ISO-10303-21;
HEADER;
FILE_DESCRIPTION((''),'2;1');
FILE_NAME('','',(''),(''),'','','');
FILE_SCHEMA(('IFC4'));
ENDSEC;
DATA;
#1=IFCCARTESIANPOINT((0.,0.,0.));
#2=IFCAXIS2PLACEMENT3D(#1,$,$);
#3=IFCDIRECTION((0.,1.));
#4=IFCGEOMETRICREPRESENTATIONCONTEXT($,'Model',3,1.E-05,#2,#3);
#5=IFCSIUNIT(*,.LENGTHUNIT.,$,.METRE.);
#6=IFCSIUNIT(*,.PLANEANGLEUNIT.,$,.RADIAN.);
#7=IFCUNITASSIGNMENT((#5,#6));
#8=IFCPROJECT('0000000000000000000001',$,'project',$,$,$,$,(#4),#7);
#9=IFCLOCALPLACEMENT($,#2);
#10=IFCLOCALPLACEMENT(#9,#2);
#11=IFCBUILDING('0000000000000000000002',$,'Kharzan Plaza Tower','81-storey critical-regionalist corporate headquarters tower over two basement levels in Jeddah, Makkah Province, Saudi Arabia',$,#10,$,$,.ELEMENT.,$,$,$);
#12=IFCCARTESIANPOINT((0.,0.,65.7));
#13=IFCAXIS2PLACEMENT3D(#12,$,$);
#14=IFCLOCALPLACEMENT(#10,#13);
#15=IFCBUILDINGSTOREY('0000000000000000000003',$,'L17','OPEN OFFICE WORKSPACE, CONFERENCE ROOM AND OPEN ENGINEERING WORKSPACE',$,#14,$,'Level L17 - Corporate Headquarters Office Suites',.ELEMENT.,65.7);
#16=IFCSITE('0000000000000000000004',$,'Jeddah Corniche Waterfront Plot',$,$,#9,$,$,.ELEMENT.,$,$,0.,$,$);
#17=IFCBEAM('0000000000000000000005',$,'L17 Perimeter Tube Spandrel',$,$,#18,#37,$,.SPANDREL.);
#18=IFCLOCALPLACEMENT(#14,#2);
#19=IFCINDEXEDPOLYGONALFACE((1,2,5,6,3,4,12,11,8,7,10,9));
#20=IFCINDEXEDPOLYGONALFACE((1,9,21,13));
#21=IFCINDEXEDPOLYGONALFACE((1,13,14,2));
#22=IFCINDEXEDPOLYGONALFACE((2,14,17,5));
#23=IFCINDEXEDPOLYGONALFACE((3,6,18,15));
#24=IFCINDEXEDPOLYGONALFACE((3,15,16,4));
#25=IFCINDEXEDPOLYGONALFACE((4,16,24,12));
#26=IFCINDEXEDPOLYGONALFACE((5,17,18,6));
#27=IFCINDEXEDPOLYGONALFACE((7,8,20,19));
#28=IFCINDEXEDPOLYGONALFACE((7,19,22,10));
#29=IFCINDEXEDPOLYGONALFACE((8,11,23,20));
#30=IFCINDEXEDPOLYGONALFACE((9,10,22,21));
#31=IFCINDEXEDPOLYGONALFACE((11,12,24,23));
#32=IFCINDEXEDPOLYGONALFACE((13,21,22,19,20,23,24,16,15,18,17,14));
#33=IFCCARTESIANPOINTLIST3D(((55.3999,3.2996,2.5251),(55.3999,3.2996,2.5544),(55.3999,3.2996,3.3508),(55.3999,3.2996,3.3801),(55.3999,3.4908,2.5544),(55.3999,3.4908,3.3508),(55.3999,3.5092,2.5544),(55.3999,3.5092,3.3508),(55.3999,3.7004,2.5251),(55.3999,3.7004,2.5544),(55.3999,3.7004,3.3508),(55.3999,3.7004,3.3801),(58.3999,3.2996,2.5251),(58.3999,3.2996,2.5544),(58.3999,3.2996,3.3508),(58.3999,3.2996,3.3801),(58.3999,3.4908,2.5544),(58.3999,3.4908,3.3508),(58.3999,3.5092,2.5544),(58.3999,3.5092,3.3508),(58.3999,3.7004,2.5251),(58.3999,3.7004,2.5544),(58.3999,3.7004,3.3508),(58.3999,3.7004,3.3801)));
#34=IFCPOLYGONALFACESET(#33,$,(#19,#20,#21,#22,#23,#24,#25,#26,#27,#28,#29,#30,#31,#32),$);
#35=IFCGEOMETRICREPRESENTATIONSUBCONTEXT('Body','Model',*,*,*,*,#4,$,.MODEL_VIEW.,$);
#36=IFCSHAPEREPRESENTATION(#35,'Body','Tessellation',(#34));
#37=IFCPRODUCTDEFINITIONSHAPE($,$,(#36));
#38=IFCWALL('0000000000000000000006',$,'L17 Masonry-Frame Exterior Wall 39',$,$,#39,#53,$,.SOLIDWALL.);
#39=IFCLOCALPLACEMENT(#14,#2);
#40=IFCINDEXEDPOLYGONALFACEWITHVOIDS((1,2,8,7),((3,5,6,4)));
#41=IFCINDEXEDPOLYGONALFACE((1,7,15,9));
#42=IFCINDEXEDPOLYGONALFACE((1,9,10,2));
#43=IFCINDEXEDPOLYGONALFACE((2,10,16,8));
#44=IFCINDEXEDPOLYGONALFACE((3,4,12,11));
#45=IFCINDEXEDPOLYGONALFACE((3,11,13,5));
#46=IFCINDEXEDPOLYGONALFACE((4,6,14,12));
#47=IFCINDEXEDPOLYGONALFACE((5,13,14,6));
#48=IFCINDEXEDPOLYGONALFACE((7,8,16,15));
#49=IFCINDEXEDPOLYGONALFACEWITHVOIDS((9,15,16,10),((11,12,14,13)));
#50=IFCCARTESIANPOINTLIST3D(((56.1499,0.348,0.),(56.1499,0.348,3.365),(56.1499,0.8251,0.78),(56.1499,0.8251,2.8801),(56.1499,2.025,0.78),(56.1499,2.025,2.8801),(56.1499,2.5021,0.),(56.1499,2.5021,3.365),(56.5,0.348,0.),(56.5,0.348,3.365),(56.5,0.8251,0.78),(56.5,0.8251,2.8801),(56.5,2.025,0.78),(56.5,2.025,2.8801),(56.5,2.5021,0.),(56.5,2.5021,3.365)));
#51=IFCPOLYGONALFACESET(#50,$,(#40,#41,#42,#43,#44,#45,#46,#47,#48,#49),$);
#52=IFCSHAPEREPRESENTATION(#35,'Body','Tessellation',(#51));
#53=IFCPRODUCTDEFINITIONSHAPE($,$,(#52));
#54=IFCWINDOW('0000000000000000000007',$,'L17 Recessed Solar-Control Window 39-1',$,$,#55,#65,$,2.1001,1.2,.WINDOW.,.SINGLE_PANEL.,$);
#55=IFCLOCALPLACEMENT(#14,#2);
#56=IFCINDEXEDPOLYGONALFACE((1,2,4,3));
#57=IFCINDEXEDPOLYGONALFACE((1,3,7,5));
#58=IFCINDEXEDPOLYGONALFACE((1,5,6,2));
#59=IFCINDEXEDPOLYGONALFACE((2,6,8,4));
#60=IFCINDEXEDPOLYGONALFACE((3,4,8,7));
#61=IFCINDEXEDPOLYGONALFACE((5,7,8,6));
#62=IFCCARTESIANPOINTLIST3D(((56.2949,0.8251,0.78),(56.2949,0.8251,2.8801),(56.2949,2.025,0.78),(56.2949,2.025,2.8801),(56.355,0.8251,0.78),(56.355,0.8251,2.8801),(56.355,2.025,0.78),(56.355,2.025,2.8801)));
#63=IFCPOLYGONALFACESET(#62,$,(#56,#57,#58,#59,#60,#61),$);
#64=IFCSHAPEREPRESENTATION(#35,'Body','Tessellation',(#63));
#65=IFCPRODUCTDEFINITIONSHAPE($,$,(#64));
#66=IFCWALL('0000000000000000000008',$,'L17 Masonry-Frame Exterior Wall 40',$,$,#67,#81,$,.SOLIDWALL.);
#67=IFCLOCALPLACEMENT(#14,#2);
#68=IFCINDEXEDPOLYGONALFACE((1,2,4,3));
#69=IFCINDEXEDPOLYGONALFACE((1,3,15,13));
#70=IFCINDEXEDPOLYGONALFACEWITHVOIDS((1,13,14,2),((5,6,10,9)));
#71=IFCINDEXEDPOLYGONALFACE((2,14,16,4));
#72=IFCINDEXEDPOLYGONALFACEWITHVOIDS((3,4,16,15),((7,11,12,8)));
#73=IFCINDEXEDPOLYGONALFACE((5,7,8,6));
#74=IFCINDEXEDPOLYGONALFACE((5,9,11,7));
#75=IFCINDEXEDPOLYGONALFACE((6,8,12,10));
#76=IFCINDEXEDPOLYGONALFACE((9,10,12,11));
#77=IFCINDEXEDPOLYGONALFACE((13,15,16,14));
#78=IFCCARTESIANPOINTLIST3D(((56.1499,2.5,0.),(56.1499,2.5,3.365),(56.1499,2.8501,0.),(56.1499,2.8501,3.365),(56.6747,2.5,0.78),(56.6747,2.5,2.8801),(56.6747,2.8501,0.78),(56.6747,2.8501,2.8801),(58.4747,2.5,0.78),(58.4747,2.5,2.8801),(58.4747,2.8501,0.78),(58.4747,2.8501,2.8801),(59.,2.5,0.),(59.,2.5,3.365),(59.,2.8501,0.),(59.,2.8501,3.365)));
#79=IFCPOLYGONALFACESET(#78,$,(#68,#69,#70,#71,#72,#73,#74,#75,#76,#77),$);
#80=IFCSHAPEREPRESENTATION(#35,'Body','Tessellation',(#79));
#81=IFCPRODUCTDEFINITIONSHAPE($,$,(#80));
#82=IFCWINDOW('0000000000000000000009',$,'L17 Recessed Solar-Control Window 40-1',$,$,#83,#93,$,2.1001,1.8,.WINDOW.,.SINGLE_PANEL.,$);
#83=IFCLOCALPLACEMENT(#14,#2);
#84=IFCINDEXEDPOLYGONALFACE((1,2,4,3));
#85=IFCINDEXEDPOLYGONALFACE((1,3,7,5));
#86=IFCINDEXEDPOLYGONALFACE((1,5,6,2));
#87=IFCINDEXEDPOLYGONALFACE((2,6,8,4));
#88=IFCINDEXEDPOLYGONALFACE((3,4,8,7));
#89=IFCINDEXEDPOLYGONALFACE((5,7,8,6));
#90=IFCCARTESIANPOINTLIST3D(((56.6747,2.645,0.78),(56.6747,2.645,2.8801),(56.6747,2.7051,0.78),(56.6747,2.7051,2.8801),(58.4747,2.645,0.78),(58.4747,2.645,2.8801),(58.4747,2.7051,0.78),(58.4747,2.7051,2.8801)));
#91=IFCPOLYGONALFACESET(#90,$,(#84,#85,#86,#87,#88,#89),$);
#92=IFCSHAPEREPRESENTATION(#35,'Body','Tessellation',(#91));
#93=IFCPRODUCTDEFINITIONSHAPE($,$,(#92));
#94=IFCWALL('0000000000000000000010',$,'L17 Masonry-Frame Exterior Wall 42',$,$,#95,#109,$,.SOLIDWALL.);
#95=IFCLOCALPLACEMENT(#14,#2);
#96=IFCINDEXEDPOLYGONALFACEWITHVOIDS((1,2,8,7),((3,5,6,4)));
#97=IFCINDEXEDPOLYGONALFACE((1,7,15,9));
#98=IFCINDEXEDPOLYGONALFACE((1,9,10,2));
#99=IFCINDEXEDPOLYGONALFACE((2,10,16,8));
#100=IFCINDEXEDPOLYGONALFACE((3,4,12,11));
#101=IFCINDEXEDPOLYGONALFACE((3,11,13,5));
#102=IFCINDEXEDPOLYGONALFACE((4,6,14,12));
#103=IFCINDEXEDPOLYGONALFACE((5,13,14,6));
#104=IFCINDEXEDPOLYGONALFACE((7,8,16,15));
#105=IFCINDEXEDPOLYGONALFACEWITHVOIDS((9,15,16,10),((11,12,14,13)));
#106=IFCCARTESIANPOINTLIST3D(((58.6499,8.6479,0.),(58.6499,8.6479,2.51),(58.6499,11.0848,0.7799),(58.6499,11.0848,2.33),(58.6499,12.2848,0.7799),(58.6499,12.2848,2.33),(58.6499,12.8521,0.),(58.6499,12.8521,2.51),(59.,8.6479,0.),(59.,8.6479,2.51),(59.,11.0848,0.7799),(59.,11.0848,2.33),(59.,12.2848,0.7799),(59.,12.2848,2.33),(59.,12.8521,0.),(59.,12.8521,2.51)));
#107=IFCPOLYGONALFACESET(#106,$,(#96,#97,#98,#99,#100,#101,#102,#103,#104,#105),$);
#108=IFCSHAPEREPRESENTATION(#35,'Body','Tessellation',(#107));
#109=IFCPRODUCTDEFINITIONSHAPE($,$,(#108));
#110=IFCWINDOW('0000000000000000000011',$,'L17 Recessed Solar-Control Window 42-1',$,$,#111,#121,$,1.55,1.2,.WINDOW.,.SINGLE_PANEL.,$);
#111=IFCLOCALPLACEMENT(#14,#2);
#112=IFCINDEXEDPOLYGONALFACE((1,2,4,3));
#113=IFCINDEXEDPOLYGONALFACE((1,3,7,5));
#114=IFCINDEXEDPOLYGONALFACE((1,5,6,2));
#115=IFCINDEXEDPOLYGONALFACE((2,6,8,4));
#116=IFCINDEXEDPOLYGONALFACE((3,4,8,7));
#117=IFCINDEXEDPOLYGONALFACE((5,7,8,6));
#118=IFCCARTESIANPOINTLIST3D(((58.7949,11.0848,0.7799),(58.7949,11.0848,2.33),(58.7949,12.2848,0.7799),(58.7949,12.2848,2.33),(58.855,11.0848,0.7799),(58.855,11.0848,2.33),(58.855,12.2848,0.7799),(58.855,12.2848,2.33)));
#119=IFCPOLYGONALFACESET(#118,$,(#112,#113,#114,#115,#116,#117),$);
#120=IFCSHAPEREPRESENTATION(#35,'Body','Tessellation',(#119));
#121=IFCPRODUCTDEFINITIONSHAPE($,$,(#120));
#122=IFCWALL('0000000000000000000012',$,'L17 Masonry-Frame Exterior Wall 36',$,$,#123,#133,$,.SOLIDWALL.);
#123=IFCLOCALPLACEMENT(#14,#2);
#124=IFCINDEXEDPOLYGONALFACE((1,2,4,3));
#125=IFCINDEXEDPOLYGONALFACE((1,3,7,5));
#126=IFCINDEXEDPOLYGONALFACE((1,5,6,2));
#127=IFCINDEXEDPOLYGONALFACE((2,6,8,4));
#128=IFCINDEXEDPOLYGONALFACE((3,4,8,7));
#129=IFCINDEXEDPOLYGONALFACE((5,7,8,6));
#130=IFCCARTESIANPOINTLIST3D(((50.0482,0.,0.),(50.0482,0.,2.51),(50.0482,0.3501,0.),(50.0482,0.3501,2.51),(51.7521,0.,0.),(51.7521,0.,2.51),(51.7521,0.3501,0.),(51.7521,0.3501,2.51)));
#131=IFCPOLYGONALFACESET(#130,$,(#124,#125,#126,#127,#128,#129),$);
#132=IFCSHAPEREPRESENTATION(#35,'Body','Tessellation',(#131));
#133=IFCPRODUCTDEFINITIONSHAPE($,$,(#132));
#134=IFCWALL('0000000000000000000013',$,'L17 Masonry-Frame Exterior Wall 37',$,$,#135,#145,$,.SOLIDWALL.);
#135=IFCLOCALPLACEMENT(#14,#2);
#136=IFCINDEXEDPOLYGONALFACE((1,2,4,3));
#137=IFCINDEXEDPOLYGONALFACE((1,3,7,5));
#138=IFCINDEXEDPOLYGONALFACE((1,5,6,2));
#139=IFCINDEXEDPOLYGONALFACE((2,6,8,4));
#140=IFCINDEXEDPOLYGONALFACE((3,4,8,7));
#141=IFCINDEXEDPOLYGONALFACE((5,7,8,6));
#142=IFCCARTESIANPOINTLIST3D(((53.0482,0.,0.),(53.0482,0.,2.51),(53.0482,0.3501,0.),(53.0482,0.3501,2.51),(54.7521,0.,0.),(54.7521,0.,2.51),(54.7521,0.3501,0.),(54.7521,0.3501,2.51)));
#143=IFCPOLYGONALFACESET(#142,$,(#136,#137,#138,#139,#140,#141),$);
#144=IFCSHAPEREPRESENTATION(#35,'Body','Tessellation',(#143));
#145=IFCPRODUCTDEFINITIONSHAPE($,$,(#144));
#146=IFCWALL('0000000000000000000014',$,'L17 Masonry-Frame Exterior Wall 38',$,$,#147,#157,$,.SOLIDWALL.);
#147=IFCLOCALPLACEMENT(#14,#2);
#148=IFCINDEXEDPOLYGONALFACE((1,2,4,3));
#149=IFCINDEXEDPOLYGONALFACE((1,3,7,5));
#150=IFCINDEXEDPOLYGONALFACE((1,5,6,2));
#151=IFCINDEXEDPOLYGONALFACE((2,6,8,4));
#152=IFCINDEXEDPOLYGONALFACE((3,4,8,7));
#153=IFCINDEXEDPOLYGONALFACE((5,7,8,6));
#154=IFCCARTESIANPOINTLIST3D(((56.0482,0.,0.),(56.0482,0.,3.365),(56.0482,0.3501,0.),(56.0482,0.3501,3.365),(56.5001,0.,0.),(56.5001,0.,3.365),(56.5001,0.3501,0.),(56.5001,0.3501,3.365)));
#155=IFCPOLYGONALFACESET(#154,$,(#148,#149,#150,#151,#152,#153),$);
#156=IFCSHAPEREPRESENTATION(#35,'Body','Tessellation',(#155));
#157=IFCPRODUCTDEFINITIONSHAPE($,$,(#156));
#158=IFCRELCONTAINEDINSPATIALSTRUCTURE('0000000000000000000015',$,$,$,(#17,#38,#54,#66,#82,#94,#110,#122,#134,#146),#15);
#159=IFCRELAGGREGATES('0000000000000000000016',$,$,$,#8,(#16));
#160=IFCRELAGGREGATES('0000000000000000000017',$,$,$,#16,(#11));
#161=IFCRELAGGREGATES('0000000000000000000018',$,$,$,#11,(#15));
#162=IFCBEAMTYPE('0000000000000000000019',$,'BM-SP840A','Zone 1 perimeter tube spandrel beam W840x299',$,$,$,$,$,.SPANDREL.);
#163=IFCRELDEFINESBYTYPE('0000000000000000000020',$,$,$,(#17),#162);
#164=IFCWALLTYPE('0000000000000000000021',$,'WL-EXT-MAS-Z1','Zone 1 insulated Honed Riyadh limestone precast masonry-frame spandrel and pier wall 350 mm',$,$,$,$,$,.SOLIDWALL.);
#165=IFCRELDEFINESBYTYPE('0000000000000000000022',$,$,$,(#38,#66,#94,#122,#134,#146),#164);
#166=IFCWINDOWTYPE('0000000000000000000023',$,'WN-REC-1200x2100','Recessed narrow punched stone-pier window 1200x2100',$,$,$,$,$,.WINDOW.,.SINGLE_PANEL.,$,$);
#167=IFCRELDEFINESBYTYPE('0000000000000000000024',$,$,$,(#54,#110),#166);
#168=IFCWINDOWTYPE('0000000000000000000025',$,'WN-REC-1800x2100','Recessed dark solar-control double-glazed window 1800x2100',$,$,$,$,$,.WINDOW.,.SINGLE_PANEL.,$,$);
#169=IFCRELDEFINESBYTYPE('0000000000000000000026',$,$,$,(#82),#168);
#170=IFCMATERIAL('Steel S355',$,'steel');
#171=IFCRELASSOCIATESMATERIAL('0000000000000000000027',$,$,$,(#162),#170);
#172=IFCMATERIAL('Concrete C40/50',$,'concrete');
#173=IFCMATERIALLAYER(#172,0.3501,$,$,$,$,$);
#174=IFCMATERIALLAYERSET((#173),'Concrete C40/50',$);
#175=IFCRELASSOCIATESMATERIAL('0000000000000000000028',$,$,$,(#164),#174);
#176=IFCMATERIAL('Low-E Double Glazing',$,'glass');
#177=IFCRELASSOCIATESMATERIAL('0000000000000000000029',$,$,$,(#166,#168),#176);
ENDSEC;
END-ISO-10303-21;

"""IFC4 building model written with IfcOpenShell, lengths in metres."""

from ifc_helpers import new_model, si_unit, direction, frame, frame_2d, origin, origin_2d, place, context, subcontext, project, spatial, rectangle, i_section, extrude, source, transform, mapped, material, layer, layer_set, material_profile, profile_set, type_object, element, fill, save


model = new_model("IFC4")

# Units and contexts
model_context = context("Model", 3, precision=1e-05, world=origin(), true_north=direction((0.0, 1.0)))
body_context = subcontext(model_context, "Body", "Model", "MODEL_VIEW")
ifc_project = project(units=[si_unit("LENGTHUNIT", "METRE"), si_unit("PLANEANGLEUNIT", "RADIAN")], contexts=[model_context])

# Site, building, storey
site_placement = place(None, origin())
site = spatial("IfcSite", under=ifc_project, at=site_placement, Name="Jeddah Corniche Waterfront Plot", CompositionType="ELEMENT", RefElevation=0.0)
building_placement = place(site_placement, origin())
building = spatial("IfcBuilding", under=site, at=building_placement, Name="Kharzan Plaza Tower", Description="81-storey critical-regionalist corporate headquarters tower over two basement levels in Jeddah, Makkah Province, Saudi Arabia", CompositionType="ELEMENT")
storey_placement = place(building_placement, frame((0.0, 0.0, 65.7)))
storey = spatial("IfcBuildingStorey", under=building, at=storey_placement, Name="L17", Description="OPEN OFFICE WORKSPACE, CONFERENCE ROOM AND OPEN ENGINEERING WORKSPACE", LongName="Level L17 - Corporate Headquarters Office Suites", CompositionType="ELEMENT", Elevation=65.7)

# Beam
ifc_material_1 = material(Name="Steel S355", Category="steel")
ifc_material_profile_1 = material_profile(ifc_material_1, i_section(OverallWidth=0.4009, OverallDepth=0.855, WebThickness=0.0183, FlangeThickness=0.0293, at=origin_2d()), Name="W840x299")
ifc_profile_set_1 = profile_set([ifc_material_profile_1], Name="Steel S355")
beam_type_1 = type_object("IfcBeamType", Name="BM-SP840A", Description="Zone 1 perimeter tube spandrel beam W840x299", PredefinedType="SPANDREL", material=ifc_profile_set_1)
shared_shape_1 = source(origin(), body_context, "Body", "SweptSolid", [
    extrude(i_section(OverallWidth=0.4009, OverallDepth=0.855, WebThickness=0.0183, FlangeThickness=0.0293, at=origin_2d()), origin(), (0.0, 0.0, 1.0), 3.0),
])
for number, where, z_axis, x_axis, name in (
    (1, (55.3999, 3.5, 2.9526), (1.0, 0.0, 0.0), (0.0, 1.0, 0.0), "L17 Perimeter Tube Spandrel"),
):
    element("IfcBeam", number, at=place(storey_placement, frame(where, z_axis=z_axis, x_axis=x_axis)), inside=storey, type_object=beam_type_1, Name=name, PredefinedType="SPANDREL", context=body_context, shape_type="MappedRepresentation", body=[
        mapped(shared_shape_1, transform((0.0, 0.0, 0.0), x_axis=(1.0, 0.0, 0.0), y_axis=(0.0, 1.0, 0.0), z_axis=(0.0, 0.0, 1.0))),
    ])

# Walls, openings, windows
ifc_material_2 = material(Name="Concrete C40/50", Category="concrete")
ifc_layer = layer(ifc_material_2, 0.3501)
ifc_layer_set = layer_set([ifc_layer], Name="Concrete C40/50")
wall_type = type_object("IfcWallType", Name="WL-EXT-MAS-Z1", Description="Zone 1 insulated Honed Riyadh limestone precast masonry-frame spandrel and pier wall 350 mm", PredefinedType="SOLIDWALL", material=ifc_layer_set)
wall_1_placement = place(storey_placement, frame((56.325, 0.3479, 0.0), z_axis=(0.0, 0.0, 1.0), x_axis=(0.0, 1.0, 0.0)))
wall_1 = element("IfcWall", 2, at=wall_1_placement, inside=storey, type_object=wall_type, Name="L17 Masonry-Frame Exterior Wall 39", PredefinedType="SOLIDWALL", context=body_context, shape_type="SweptSolid", body=[
    extrude(rectangle(XDim=2.1541, YDim=0.3501, at=frame_2d((1.0771, 0.0))), origin(), (0.0, 0.0, 1.0), 3.365),
])
opening_1_placement = place(wall_1_placement, frame((0.4771, 0.0, 0.78)))
opening_1 = element("IfcOpeningElement", 3, at=opening_1_placement, cuts=wall_1, PredefinedType="OPENING", context=body_context, shape_type="SweptSolid", body=[
    extrude(rectangle(XDim=1.2, YDim=2.1001, at=frame_2d((0.6001, 1.05))), frame((0.0, 0.1851, 0.0), z_axis=(0.0, -1.0, 0.0), x_axis=(1.0, 0.0, 0.0)), (0.0, 0.0, 1.0), 0.3701),
])
ifc_material_3 = material(Name="Low-E Double Glazing", Category="glass")
window_type_1 = type_object("IfcWindowType", Name="WN-REC-1200x2100", Description="Recessed narrow punched stone-pier window 1200x2100", PartitioningType="SINGLE_PANEL", PredefinedType="WINDOW", material=ifc_material_3)
shared_shape_2 = source(origin(), body_context, "Body", "SweptSolid", [
    extrude(rectangle(XDim=1.2, YDim=2.1001, at=frame_2d((0.6001, 1.05))), frame((0.0, 0.03, 0.0), z_axis=(0.0, -1.0, 0.0), x_axis=(1.0, 0.0, 0.0)), (0.0, 0.0, 1.0), 0.0601),
])
window_1_placement = place(opening_1_placement, origin())
window_1 = element("IfcWindow", 4, at=window_1_placement, inside=storey, type_object=window_type_1, Name="L17 Recessed Solar-Control Window 39-1", OverallHeight=2.1001, OverallWidth=1.2, PartitioningType="SINGLE_PANEL", PredefinedType="WINDOW", context=body_context, shape_type="MappedRepresentation", body=[
    mapped(shared_shape_2, transform((0.0, 0.0, 0.0), x_axis=(1.0, 0.0, 0.0), y_axis=(0.0, 1.0, 0.0), z_axis=(0.0, 0.0, 1.0))),
])
fill(opening_1, window_1)
wall_2_placement = place(storey_placement, frame((56.1499, 2.675, 0.0), z_axis=(0.0, 0.0, 1.0), x_axis=(1.0, 0.0, 0.0)))
wall_2 = element("IfcWall", 5, at=wall_2_placement, inside=storey, type_object=wall_type, Name="L17 Masonry-Frame Exterior Wall 40", PredefinedType="SOLIDWALL", context=body_context, shape_type="SweptSolid", body=[
    extrude(rectangle(XDim=2.8501, YDim=0.3501, at=frame_2d((1.425, 0.0))), origin(), (0.0, 0.0, 1.0), 3.365),
])
opening_2_placement = place(wall_2_placement, frame((0.5249, 0.0, 0.78)))
opening_2 = element("IfcOpeningElement", 6, at=opening_2_placement, cuts=wall_2, PredefinedType="OPENING", context=body_context, shape_type="SweptSolid", body=[
    extrude(rectangle(XDim=1.8, YDim=2.1001, at=frame_2d((0.8999, 1.05))), frame((0.0, 0.1851, 0.0), z_axis=(0.0, -1.0, 0.0), x_axis=(1.0, 0.0, 0.0)), (0.0, 0.0, 1.0), 0.3701),
])
window_type_2 = type_object("IfcWindowType", Name="WN-REC-1800x2100", Description="Recessed dark solar-control double-glazed window 1800x2100", PartitioningType="SINGLE_PANEL", PredefinedType="WINDOW", material=ifc_material_3)
shared_shape_3 = source(origin(), body_context, "Body", "SweptSolid", [
    extrude(rectangle(XDim=1.8, YDim=2.1001, at=frame_2d((0.8999, 1.05))), frame((0.0, 0.03, 0.0), z_axis=(0.0, -1.0, 0.0), x_axis=(1.0, 0.0, 0.0)), (0.0, 0.0, 1.0), 0.0601),
])
window_2_placement = place(opening_2_placement, origin())
window_2 = element("IfcWindow", 7, at=window_2_placement, inside=storey, type_object=window_type_2, Name="L17 Recessed Solar-Control Window 40-1", OverallHeight=2.1001, OverallWidth=1.8, PartitioningType="SINGLE_PANEL", PredefinedType="WINDOW", context=body_context, shape_type="MappedRepresentation", body=[
    mapped(shared_shape_3, transform((0.0, 0.0, 0.0), x_axis=(1.0, 0.0, 0.0), y_axis=(0.0, 1.0, 0.0), z_axis=(0.0, 0.0, 1.0))),
])
fill(opening_2, window_2)
wall_3_placement = place(storey_placement, frame((58.825, 8.6479, 0.0), z_axis=(0.0, 0.0, 1.0), x_axis=(0.0, 1.0, 0.0)))
wall_3 = element("IfcWall", 8, at=wall_3_placement, inside=storey, type_object=wall_type, Name="L17 Masonry-Frame Exterior Wall 42", PredefinedType="SOLIDWALL", context=body_context, shape_type="SweptSolid", body=[
    extrude(rectangle(XDim=4.2041, YDim=0.3501, at=frame_2d((2.1021, 0.0))), origin(), (0.0, 0.0, 1.0), 2.51),
])
opening_3_placement = place(wall_3_placement, frame((2.4368, 0.0, 0.78)))
opening_3 = element("IfcOpeningElement", 9, at=opening_3_placement, cuts=wall_3, PredefinedType="OPENING", context=body_context, shape_type="SweptSolid", body=[
    extrude(rectangle(XDim=1.2, YDim=1.55, at=frame_2d((0.6001, 0.7749))), frame((0.0, 0.1851, 0.0), z_axis=(0.0, -1.0, 0.0), x_axis=(1.0, 0.0, 0.0)), (0.0, 0.0, 1.0), 0.3701),
])
shared_shape_4 = source(origin(), body_context, "Body", "SweptSolid", [
    extrude(rectangle(XDim=1.2, YDim=1.55, at=frame_2d((0.6001, 0.7749))), frame((0.0, 0.03, 0.0), z_axis=(0.0, -1.0, 0.0), x_axis=(1.0, 0.0, 0.0)), (0.0, 0.0, 1.0), 0.0601),
])
window_3_placement = place(opening_3_placement, origin())
window_3 = element("IfcWindow", 10, at=window_3_placement, inside=storey, type_object=window_type_1, Name="L17 Recessed Solar-Control Window 42-1", OverallHeight=1.55, OverallWidth=1.2, PartitioningType="SINGLE_PANEL", PredefinedType="WINDOW", context=body_context, shape_type="MappedRepresentation", body=[
    mapped(shared_shape_4, transform((0.0, 0.0, 0.0), x_axis=(1.0, 0.0, 0.0), y_axis=(0.0, 1.0, 0.0), z_axis=(0.0, 0.0, 1.0))),
])
fill(opening_3, window_3)

# Walls
shared_shape_5 = source(origin(), body_context, "Body", "SweptSolid", [
    extrude(rectangle(XDim=1.7039, YDim=0.3501, at=frame_2d((0.8521, 0.0))), origin(), (0.0, 0.0, 1.0), 2.51),
])
for number, where, z_axis, x_axis, name in (
    (11, (50.0481, 0.175, 0.0), (0.0, 0.0, 1.0), (1.0, 0.0, 0.0), "L17 Masonry-Frame Exterior Wall 36"),
    (12, (53.0481, 0.175, 0.0), (0.0, 0.0, 1.0), (1.0, 0.0, 0.0), "L17 Masonry-Frame Exterior Wall 37"),
):
    element("IfcWall", number, at=place(storey_placement, frame(where, z_axis=z_axis, x_axis=x_axis)), inside=storey, type_object=wall_type, Name=name, PredefinedType="SOLIDWALL", context=body_context, shape_type="MappedRepresentation", body=[
        mapped(shared_shape_5, transform((0.0, 0.0, 0.0), x_axis=(1.0, 0.0, 0.0), y_axis=(0.0, 1.0, 0.0), z_axis=(0.0, 0.0, 1.0))),
    ])
shared_shape_6 = source(origin(), body_context, "Body", "SweptSolid", [
    extrude(rectangle(XDim=0.4519, YDim=0.3501, at=frame_2d((0.2261, 0.0))), origin(), (0.0, 0.0, 1.0), 3.365),
])
wall_4_placement = place(storey_placement, frame((56.0481, 0.175, 0.0), z_axis=(0.0, 0.0, 1.0), x_axis=(1.0, 0.0, 0.0)))
element("IfcWall", 13, at=wall_4_placement, inside=storey, type_object=wall_type, Name="L17 Masonry-Frame Exterior Wall 38", PredefinedType="SOLIDWALL", context=body_context, shape_type="MappedRepresentation", body=[
    mapped(shared_shape_6, transform((0.0, 0.0, 0.0), x_axis=(1.0, 0.0, 0.0), y_axis=(0.0, 1.0, 0.0), z_axis=(0.0, 0.0, 1.0))),
])

save(model, "model.ifc")
